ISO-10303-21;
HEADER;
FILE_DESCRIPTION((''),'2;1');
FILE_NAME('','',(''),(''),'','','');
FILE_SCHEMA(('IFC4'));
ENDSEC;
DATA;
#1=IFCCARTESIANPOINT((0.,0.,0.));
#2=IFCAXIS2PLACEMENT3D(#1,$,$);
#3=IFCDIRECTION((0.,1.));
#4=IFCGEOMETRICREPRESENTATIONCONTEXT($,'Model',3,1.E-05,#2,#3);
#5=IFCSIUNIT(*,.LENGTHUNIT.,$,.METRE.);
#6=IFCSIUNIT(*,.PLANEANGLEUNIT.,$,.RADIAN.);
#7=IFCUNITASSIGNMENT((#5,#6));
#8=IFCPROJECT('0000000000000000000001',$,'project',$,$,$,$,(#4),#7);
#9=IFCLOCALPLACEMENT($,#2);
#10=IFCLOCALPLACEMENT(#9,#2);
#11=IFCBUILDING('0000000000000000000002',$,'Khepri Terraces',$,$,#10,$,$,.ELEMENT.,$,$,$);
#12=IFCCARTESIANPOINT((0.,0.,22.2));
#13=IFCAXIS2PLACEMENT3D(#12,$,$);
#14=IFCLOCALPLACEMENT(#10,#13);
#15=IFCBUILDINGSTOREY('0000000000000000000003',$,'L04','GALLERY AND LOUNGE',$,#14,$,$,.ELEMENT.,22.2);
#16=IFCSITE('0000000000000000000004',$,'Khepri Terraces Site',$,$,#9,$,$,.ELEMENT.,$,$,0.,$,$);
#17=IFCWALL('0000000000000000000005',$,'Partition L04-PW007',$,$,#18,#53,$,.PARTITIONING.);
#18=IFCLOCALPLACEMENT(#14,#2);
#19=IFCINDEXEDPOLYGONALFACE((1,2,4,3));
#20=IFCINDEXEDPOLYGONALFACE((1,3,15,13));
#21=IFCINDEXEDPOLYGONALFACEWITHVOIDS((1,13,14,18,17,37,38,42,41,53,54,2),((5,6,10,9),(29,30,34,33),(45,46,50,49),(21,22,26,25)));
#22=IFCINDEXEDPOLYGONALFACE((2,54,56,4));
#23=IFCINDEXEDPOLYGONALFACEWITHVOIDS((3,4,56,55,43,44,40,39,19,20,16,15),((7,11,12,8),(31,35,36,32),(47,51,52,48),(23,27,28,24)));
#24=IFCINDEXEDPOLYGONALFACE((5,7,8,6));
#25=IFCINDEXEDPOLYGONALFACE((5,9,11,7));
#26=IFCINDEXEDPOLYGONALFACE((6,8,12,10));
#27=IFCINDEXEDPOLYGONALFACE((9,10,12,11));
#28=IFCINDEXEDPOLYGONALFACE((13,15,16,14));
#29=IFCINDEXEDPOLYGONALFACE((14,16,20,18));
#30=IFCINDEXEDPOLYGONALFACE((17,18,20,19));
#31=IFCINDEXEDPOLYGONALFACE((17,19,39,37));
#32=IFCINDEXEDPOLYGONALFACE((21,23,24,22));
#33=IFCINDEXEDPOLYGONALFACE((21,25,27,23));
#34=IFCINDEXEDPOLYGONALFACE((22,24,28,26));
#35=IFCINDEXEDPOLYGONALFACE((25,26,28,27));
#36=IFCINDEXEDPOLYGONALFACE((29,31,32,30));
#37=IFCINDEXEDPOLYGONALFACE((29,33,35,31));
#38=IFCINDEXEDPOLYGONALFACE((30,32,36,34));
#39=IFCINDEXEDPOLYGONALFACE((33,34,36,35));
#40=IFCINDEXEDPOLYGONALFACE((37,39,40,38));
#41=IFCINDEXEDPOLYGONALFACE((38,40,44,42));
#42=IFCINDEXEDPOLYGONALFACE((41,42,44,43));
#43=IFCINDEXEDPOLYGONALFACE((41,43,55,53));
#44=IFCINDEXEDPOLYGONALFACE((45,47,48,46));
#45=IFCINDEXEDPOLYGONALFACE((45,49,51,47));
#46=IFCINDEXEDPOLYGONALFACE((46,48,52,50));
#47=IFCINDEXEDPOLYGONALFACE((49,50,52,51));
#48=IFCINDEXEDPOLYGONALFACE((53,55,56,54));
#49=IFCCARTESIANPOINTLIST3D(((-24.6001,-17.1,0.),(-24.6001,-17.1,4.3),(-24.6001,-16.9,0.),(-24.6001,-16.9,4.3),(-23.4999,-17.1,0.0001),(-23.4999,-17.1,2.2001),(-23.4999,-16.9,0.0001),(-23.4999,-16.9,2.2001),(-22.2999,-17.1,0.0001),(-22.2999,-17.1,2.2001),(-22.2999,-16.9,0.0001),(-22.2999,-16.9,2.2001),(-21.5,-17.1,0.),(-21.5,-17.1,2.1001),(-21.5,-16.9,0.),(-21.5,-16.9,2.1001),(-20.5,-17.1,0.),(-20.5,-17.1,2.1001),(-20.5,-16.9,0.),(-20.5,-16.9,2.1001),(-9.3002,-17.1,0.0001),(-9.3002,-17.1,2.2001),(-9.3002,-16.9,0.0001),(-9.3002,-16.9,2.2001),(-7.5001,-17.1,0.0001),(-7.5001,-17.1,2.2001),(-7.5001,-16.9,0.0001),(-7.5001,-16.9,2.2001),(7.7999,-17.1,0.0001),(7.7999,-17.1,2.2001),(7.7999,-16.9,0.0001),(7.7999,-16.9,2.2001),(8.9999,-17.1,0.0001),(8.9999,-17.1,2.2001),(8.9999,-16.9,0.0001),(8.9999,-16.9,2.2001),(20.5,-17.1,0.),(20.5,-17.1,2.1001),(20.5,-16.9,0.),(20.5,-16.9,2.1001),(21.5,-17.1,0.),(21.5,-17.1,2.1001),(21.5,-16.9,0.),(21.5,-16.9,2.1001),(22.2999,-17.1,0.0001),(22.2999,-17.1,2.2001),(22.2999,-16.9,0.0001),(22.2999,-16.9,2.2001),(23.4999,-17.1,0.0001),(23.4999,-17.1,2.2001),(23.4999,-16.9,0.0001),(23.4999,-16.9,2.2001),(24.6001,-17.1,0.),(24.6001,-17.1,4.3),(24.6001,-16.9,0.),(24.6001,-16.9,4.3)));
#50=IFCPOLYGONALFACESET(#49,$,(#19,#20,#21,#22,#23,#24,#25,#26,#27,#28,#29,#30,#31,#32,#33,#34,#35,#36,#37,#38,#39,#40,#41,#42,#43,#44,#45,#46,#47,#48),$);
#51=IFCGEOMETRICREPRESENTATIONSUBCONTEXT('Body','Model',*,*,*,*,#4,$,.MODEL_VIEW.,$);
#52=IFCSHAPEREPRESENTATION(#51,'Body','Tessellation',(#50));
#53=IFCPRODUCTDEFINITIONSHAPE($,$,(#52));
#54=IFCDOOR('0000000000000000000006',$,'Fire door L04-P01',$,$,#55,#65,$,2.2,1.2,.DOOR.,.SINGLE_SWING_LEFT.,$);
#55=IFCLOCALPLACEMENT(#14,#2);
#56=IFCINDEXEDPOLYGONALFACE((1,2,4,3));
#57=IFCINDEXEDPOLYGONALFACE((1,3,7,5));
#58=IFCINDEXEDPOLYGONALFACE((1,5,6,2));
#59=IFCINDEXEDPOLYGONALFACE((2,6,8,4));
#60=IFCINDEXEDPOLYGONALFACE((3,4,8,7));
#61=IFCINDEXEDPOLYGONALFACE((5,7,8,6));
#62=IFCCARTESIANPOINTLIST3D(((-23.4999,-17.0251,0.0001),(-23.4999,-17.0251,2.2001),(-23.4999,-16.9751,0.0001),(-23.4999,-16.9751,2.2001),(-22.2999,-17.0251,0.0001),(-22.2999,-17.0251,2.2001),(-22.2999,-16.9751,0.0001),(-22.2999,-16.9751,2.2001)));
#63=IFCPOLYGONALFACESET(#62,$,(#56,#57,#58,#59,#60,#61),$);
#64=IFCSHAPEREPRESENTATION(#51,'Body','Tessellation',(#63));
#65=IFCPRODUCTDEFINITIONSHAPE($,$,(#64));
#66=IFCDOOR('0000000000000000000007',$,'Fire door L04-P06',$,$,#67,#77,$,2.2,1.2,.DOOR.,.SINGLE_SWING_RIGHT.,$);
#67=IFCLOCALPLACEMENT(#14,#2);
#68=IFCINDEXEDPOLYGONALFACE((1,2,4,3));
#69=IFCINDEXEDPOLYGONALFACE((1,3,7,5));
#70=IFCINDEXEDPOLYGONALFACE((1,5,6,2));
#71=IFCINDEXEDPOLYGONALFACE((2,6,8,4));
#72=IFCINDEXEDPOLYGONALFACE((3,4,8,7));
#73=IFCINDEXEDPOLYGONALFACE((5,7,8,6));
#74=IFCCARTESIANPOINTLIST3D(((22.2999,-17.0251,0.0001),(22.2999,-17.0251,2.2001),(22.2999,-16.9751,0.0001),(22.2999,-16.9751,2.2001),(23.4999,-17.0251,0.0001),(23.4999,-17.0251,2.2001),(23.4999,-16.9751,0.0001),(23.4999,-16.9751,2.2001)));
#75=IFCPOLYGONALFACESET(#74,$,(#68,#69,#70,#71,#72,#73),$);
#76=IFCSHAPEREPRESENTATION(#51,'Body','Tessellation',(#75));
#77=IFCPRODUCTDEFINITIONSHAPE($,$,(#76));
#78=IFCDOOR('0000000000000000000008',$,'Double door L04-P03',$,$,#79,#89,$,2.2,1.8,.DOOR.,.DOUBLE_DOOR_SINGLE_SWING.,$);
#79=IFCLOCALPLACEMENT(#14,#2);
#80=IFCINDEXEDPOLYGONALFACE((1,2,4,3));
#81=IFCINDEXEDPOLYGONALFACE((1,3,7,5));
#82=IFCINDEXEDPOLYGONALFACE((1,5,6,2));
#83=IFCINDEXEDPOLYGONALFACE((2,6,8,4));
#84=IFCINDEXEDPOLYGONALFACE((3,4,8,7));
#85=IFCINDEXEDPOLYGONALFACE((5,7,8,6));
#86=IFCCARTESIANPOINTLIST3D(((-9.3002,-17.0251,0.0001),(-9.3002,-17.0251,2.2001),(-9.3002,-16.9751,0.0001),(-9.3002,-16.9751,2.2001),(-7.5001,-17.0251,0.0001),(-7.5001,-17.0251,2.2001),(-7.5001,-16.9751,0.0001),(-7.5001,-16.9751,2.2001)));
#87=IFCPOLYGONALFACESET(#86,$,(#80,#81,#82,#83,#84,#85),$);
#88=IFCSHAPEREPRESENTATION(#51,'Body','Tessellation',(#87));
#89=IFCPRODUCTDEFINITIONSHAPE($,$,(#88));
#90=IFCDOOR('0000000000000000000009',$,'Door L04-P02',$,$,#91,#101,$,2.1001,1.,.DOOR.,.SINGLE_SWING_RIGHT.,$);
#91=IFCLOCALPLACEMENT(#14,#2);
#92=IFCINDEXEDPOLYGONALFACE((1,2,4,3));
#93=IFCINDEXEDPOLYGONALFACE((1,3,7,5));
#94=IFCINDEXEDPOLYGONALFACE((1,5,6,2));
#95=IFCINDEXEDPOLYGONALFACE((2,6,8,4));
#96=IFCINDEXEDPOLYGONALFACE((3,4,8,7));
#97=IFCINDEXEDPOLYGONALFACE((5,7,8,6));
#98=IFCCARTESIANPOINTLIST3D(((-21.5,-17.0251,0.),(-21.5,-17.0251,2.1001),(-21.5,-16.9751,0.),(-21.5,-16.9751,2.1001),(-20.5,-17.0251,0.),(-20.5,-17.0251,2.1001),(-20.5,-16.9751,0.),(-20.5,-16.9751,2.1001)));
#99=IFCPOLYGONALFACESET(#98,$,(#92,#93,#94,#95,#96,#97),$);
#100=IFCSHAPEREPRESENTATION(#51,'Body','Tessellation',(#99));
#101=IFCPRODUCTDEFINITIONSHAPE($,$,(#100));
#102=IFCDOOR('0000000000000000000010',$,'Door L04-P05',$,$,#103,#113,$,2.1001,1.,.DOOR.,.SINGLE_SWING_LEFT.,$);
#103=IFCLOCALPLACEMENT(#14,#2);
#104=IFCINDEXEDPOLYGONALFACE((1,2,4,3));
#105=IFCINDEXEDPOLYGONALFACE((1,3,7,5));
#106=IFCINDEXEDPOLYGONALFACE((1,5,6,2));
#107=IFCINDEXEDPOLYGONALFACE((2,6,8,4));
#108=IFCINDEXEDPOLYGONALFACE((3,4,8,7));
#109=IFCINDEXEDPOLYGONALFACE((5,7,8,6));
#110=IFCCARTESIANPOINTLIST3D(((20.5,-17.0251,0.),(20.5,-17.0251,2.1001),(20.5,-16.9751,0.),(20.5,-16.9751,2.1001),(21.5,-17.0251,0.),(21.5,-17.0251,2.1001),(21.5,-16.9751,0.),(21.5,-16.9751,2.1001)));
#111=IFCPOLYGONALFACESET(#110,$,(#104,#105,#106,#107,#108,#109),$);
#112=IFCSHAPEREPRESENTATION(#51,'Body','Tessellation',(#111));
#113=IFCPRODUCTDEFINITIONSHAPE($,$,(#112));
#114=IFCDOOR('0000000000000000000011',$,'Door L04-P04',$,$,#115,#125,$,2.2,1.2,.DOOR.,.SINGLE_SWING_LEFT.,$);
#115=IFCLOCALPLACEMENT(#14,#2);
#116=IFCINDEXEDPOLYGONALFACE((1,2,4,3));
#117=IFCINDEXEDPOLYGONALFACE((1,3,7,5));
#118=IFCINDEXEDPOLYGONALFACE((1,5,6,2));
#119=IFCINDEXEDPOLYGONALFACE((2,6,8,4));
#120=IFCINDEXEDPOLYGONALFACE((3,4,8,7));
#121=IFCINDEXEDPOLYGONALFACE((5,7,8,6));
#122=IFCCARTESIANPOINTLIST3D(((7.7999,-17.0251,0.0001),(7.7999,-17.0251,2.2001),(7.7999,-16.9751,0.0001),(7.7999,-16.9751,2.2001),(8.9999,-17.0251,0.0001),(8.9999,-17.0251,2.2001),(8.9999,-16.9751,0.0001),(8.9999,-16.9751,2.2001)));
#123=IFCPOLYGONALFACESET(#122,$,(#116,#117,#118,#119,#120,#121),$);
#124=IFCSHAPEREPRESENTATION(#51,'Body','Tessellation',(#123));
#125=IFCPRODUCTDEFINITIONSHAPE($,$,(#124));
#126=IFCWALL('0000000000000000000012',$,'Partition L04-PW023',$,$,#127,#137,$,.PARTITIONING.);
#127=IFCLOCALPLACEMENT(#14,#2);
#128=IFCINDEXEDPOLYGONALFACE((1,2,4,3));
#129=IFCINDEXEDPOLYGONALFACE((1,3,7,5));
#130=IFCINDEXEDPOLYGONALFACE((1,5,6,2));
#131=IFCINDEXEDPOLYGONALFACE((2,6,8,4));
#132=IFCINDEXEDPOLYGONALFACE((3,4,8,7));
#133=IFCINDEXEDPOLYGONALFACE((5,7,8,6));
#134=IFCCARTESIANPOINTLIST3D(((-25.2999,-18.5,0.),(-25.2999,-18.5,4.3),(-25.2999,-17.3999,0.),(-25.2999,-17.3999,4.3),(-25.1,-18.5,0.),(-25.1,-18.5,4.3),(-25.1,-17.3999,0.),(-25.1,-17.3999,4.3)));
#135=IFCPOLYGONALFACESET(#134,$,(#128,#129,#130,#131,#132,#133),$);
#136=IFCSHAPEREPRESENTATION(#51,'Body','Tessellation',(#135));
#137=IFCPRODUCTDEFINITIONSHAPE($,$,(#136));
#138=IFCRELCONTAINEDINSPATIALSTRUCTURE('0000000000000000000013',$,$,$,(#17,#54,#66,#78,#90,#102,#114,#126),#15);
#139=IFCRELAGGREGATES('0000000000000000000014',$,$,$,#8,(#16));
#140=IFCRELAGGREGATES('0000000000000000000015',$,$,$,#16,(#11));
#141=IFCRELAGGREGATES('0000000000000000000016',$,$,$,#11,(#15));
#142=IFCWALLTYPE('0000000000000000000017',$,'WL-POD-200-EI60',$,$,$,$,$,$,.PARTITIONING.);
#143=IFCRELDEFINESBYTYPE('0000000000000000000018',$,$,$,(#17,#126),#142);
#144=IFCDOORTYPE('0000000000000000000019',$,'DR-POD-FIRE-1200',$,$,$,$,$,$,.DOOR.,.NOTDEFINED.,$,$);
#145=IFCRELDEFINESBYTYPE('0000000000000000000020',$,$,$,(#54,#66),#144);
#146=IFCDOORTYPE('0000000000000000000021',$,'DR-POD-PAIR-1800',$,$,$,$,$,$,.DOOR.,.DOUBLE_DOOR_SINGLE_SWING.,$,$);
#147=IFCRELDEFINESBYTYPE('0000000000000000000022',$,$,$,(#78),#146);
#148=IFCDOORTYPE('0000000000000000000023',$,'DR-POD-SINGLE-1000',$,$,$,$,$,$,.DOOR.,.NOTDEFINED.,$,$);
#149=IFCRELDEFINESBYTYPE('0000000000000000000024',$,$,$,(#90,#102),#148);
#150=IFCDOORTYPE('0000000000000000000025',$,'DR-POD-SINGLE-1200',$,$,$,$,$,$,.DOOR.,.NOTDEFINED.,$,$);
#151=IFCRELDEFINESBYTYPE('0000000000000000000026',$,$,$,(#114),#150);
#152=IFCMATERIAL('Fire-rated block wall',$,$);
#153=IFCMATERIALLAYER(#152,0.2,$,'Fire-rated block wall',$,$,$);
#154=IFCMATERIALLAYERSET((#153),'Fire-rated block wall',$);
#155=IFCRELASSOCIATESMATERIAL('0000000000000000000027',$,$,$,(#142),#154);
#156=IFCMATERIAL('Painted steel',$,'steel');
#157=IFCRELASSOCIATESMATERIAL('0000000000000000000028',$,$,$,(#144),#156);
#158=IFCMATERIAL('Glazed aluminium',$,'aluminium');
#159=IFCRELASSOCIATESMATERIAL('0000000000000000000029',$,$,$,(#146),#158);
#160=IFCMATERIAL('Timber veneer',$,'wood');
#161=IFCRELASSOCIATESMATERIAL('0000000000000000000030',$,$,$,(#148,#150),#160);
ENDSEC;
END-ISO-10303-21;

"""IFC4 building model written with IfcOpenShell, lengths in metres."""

from ifc_helpers import new_model, si_unit, direction, frame, frame_2d, origin, place, context, subcontext, project, spatial, rectangle, extrude, material, layer, layer_set, type_object, element, fill, save


model = new_model("IFC4")

# Units and contexts
model_context = context("Model", 3, precision=1e-05, world=origin(), true_north=direction((0.0, 1.0)))
body_context = subcontext(model_context, "Body", "Model", "MODEL_VIEW")
ifc_project = project(units=[si_unit("LENGTHUNIT", "METRE"), si_unit("PLANEANGLEUNIT", "RADIAN")], contexts=[model_context])

# Site, building, storey
site_placement = place(None, origin())
site = spatial("IfcSite", under=ifc_project, at=site_placement, Name="Khepri Terraces Site", CompositionType="ELEMENT", RefElevation=0.0)
building_placement = place(site_placement, origin())
building = spatial("IfcBuilding", under=site, at=building_placement, Name="Khepri Terraces", CompositionType="ELEMENT")
storey_placement = place(building_placement, frame((0.0, 0.0, 22.2)))
storey = spatial("IfcBuildingStorey", under=building, at=storey_placement, Name="L04", Description="GALLERY AND LOUNGE", CompositionType="ELEMENT", Elevation=22.2)

# Wall, openings, doors
ifc_material_1 = material(Name="Fire-rated block wall")
ifc_layer_1 = layer(ifc_material_1, 0.2, Name="Fire-rated block wall")
ifc_layer_set_1 = layer_set([ifc_layer_1], Name="Fire-rated block wall")
wall_type_1 = type_object("IfcWallType", Name="WL-POD-200-EI60", PredefinedType="PARTITIONING", material=ifc_layer_set_1)
wall_1_placement = place(storey_placement, frame((-24.6001, -17.0, 0.0), z_axis=(0.0, 0.0, 1.0), x_axis=(1.0, 0.0, 0.0)))
wall_1 = element("IfcWall", 1, at=wall_1_placement, inside=storey, type_object=wall_type_1, Name="Partition L04-PW007", PredefinedType="PARTITIONING", context=body_context, shape_type="SweptSolid", body=[
    extrude(rectangle(XDim=49.2002, YDim=0.2, at=frame_2d((24.6001, 0.0))), origin(), (0.0, 0.0, 1.0), 4.3),
])
opening_1_placement = place(wall_1_placement, frame((1.1001, 0.0, 0.0)))
opening_1 = element("IfcOpeningElement", 2, at=opening_1_placement, cuts=wall_1, PredefinedType="OPENING", context=body_context, shape_type="SweptSolid", body=[
    extrude(rectangle(XDim=1.2, YDim=2.2, at=frame_2d((0.6001, 1.1001))), frame((0.0, 0.1099, 0.0), z_axis=(0.0, -1.0, 0.0), x_axis=(1.0, 0.0, 0.0)), (0.0, 0.0, 1.0), 0.22),
])
opening_2_placement = place(wall_1_placement, frame((3.1001, 0.0, 0.0)))
opening_2 = element("IfcOpeningElement", 3, at=opening_2_placement, cuts=wall_1, PredefinedType="OPENING", context=body_context, shape_type="SweptSolid", body=[
    extrude(rectangle(XDim=1.0, YDim=2.1001, at=frame_2d((0.5, 1.05))), frame((0.0, 0.1099, 0.0), z_axis=(0.0, -1.0, 0.0), x_axis=(1.0, 0.0, 0.0)), (0.0, 0.0, 1.0), 0.22),
])
opening_3_placement = place(wall_1_placement, frame((15.3, 0.0, 0.0)))
opening_3 = element("IfcOpeningElement", 4, at=opening_3_placement, cuts=wall_1, PredefinedType="OPENING", context=body_context, shape_type="SweptSolid", body=[
    extrude(rectangle(XDim=1.8, YDim=2.2, at=frame_2d((0.8999, 1.1001))), frame((0.0, 0.1099, 0.0), z_axis=(0.0, -1.0, 0.0), x_axis=(1.0, 0.0, 0.0)), (0.0, 0.0, 1.0), 0.22),
])
opening_4_placement = place(wall_1_placement, frame((32.3999, 0.0, 0.0)))
opening_4 = element("IfcOpeningElement", 5, at=opening_4_placement, cuts=wall_1, PredefinedType="OPENING", context=body_context, shape_type="SweptSolid", body=[
    extrude(rectangle(XDim=1.2, YDim=2.2, at=frame_2d((0.6001, 1.1001))), frame((0.0, 0.1099, 0.0), z_axis=(0.0, -1.0, 0.0), x_axis=(1.0, 0.0, 0.0)), (0.0, 0.0, 1.0), 0.22),
])
opening_5_placement = place(wall_1_placement, frame((45.1001, 0.0, 0.0)))
opening_5 = element("IfcOpeningElement", 6, at=opening_5_placement, cuts=wall_1, PredefinedType="OPENING", context=body_context, shape_type="SweptSolid", body=[
    extrude(rectangle(XDim=1.0, YDim=2.1001, at=frame_2d((0.5, 1.05))), frame((0.0, 0.1099, 0.0), z_axis=(0.0, -1.0, 0.0), x_axis=(1.0, 0.0, 0.0)), (0.0, 0.0, 1.0), 0.22),
])
opening_6_placement = place(wall_1_placement, frame((46.8999, 0.0, 0.0)))
opening_6 = element("IfcOpeningElement", 7, at=opening_6_placement, cuts=wall_1, PredefinedType="OPENING", context=body_context, shape_type="SweptSolid", body=[
    extrude(rectangle(XDim=1.2, YDim=2.2, at=frame_2d((0.6001, 1.1001))), frame((0.0, 0.1099, 0.0), z_axis=(0.0, -1.0, 0.0), x_axis=(1.0, 0.0, 0.0)), (0.0, 0.0, 1.0), 0.22),
])
ifc_material_2 = material(Name="Painted steel", Category="steel")
door_type_1 = type_object("IfcDoorType", Name="DR-POD-FIRE-1200", OperationType="NOTDEFINED", PredefinedType="DOOR", material=ifc_material_2)
door_1_placement = place(opening_1_placement, origin())
door_1 = element("IfcDoor", 8, at=door_1_placement, inside=storey, type_object=door_type_1, Name="Fire door L04-P01", OperationType="SINGLE_SWING_LEFT", OverallHeight=2.2, OverallWidth=1.2, PredefinedType="DOOR", context=body_context, shape_type="SweptSolid", body=[
    extrude(rectangle(XDim=1.2, YDim=2.2, at=frame_2d((0.6001, 1.1001))), frame((0.0, 0.0249, 0.0), z_axis=(0.0, -1.0, 0.0), x_axis=(1.0, 0.0, 0.0)), (0.0, 0.0, 1.0), 0.05),
])
fill(opening_1, door_1)
door_2_placement = place(opening_6_placement, origin())
door_2 = element("IfcDoor", 9, at=door_2_placement, inside=storey, type_object=door_type_1, Name="Fire door L04-P06", OperationType="SINGLE_SWING_RIGHT", OverallHeight=2.2, OverallWidth=1.2, PredefinedType="DOOR", context=body_context, shape_type="SweptSolid", body=[
    extrude(rectangle(XDim=1.2, YDim=2.2, at=frame_2d((0.6001, 1.1001))), frame((0.0, 0.0249, 0.0), z_axis=(0.0, -1.0, 0.0), x_axis=(1.0, 0.0, 0.0)), (0.0, 0.0, 1.0), 0.05),
])
fill(opening_6, door_2)
ifc_material_3 = material(Name="Glazed aluminium", Category="aluminium")
door_type_2 = type_object("IfcDoorType", Name="DR-POD-PAIR-1800", OperationType="DOUBLE_DOOR_SINGLE_SWING", PredefinedType="DOOR", material=ifc_material_3)
door_3_placement = place(opening_3_placement, origin())
door_3 = element("IfcDoor", 10, at=door_3_placement, inside=storey, type_object=door_type_2, Name="Double door L04-P03", OperationType="DOUBLE_DOOR_SINGLE_SWING", OverallHeight=2.2, OverallWidth=1.8, PredefinedType="DOOR", context=body_context, shape_type="SweptSolid", body=[
    extrude(rectangle(XDim=1.8, YDim=2.2, at=frame_2d((0.8999, 1.1001))), frame((0.0, 0.0249, 0.0), z_axis=(0.0, -1.0, 0.0), x_axis=(1.0, 0.0, 0.0)), (0.0, 0.0, 1.0), 0.05),
])
fill(opening_3, door_3)
ifc_material_4 = material(Name="Timber veneer", Category="wood")
door_type_3 = type_object("IfcDoorType", Name="DR-POD-SINGLE-1000", OperationType="NOTDEFINED", PredefinedType="DOOR", material=ifc_material_4)
door_4_placement = place(opening_2_placement, origin())
door_4 = element("IfcDoor", 11, at=door_4_placement, inside=storey, type_object=door_type_3, Name="Door L04-P02", OperationType="SINGLE_SWING_RIGHT", OverallHeight=2.1001, OverallWidth=1.0, PredefinedType="DOOR", context=body_context, shape_type="SweptSolid", body=[
    extrude(rectangle(XDim=1.0, YDim=2.1001, at=frame_2d((0.5, 1.05))), frame((0.0, 0.0249, 0.0), z_axis=(0.0, -1.0, 0.0), x_axis=(1.0, 0.0, 0.0)), (0.0, 0.0, 1.0), 0.05),
])
fill(opening_2, door_4)
door_5_placement = place(opening_5_placement, origin())
door_5 = element("IfcDoor", 12, at=door_5_placement, inside=storey, type_object=door_type_3, Name="Door L04-P05", OperationType="SINGLE_SWING_LEFT", OverallHeight=2.1001, OverallWidth=1.0, PredefinedType="DOOR", context=body_context, shape_type="SweptSolid", body=[
    extrude(rectangle(XDim=1.0, YDim=2.1001, at=frame_2d((0.5, 1.05))), frame((0.0, 0.0249, 0.0), z_axis=(0.0, -1.0, 0.0), x_axis=(1.0, 0.0, 0.0)), (0.0, 0.0, 1.0), 0.05),
])
fill(opening_5, door_5)
door_type_4 = type_object("IfcDoorType", Name="DR-POD-SINGLE-1200", OperationType="NOTDEFINED", PredefinedType="DOOR", material=ifc_material_4)
door_6_placement = place(opening_4_placement, origin())
door_6 = element("IfcDoor", 13, at=door_6_placement, inside=storey, type_object=door_type_4, Name="Door L04-P04", OperationType="SINGLE_SWING_LEFT", OverallHeight=2.2, OverallWidth=1.2, PredefinedType="DOOR", context=body_context, shape_type="SweptSolid", body=[
    extrude(rectangle(XDim=1.2, YDim=2.2, at=frame_2d((0.6001, 1.1001))), frame((0.0, 0.0249, 0.0), z_axis=(0.0, -1.0, 0.0), x_axis=(1.0, 0.0, 0.0)), (0.0, 0.0, 1.0), 0.05),
])
fill(opening_4, door_6)

# Wall
wall_2_placement = place(storey_placement, frame((-25.2, -18.5, 0.0), z_axis=(0.0, 0.0, 1.0), x_axis=(0.0, 1.0, 0.0)))
element("IfcWall", 14, at=wall_2_placement, inside=storey, type_object=wall_type_1, Name="Partition L04-PW023", PredefinedType="PARTITIONING", context=body_context, shape_type="SweptSolid", body=[
    extrude(rectangle(XDim=1.1001, YDim=0.2, at=frame_2d((0.55, 0.0))), origin(), (0.0, 0.0, 1.0), 4.3),
])

save(model, "model.ifc")
